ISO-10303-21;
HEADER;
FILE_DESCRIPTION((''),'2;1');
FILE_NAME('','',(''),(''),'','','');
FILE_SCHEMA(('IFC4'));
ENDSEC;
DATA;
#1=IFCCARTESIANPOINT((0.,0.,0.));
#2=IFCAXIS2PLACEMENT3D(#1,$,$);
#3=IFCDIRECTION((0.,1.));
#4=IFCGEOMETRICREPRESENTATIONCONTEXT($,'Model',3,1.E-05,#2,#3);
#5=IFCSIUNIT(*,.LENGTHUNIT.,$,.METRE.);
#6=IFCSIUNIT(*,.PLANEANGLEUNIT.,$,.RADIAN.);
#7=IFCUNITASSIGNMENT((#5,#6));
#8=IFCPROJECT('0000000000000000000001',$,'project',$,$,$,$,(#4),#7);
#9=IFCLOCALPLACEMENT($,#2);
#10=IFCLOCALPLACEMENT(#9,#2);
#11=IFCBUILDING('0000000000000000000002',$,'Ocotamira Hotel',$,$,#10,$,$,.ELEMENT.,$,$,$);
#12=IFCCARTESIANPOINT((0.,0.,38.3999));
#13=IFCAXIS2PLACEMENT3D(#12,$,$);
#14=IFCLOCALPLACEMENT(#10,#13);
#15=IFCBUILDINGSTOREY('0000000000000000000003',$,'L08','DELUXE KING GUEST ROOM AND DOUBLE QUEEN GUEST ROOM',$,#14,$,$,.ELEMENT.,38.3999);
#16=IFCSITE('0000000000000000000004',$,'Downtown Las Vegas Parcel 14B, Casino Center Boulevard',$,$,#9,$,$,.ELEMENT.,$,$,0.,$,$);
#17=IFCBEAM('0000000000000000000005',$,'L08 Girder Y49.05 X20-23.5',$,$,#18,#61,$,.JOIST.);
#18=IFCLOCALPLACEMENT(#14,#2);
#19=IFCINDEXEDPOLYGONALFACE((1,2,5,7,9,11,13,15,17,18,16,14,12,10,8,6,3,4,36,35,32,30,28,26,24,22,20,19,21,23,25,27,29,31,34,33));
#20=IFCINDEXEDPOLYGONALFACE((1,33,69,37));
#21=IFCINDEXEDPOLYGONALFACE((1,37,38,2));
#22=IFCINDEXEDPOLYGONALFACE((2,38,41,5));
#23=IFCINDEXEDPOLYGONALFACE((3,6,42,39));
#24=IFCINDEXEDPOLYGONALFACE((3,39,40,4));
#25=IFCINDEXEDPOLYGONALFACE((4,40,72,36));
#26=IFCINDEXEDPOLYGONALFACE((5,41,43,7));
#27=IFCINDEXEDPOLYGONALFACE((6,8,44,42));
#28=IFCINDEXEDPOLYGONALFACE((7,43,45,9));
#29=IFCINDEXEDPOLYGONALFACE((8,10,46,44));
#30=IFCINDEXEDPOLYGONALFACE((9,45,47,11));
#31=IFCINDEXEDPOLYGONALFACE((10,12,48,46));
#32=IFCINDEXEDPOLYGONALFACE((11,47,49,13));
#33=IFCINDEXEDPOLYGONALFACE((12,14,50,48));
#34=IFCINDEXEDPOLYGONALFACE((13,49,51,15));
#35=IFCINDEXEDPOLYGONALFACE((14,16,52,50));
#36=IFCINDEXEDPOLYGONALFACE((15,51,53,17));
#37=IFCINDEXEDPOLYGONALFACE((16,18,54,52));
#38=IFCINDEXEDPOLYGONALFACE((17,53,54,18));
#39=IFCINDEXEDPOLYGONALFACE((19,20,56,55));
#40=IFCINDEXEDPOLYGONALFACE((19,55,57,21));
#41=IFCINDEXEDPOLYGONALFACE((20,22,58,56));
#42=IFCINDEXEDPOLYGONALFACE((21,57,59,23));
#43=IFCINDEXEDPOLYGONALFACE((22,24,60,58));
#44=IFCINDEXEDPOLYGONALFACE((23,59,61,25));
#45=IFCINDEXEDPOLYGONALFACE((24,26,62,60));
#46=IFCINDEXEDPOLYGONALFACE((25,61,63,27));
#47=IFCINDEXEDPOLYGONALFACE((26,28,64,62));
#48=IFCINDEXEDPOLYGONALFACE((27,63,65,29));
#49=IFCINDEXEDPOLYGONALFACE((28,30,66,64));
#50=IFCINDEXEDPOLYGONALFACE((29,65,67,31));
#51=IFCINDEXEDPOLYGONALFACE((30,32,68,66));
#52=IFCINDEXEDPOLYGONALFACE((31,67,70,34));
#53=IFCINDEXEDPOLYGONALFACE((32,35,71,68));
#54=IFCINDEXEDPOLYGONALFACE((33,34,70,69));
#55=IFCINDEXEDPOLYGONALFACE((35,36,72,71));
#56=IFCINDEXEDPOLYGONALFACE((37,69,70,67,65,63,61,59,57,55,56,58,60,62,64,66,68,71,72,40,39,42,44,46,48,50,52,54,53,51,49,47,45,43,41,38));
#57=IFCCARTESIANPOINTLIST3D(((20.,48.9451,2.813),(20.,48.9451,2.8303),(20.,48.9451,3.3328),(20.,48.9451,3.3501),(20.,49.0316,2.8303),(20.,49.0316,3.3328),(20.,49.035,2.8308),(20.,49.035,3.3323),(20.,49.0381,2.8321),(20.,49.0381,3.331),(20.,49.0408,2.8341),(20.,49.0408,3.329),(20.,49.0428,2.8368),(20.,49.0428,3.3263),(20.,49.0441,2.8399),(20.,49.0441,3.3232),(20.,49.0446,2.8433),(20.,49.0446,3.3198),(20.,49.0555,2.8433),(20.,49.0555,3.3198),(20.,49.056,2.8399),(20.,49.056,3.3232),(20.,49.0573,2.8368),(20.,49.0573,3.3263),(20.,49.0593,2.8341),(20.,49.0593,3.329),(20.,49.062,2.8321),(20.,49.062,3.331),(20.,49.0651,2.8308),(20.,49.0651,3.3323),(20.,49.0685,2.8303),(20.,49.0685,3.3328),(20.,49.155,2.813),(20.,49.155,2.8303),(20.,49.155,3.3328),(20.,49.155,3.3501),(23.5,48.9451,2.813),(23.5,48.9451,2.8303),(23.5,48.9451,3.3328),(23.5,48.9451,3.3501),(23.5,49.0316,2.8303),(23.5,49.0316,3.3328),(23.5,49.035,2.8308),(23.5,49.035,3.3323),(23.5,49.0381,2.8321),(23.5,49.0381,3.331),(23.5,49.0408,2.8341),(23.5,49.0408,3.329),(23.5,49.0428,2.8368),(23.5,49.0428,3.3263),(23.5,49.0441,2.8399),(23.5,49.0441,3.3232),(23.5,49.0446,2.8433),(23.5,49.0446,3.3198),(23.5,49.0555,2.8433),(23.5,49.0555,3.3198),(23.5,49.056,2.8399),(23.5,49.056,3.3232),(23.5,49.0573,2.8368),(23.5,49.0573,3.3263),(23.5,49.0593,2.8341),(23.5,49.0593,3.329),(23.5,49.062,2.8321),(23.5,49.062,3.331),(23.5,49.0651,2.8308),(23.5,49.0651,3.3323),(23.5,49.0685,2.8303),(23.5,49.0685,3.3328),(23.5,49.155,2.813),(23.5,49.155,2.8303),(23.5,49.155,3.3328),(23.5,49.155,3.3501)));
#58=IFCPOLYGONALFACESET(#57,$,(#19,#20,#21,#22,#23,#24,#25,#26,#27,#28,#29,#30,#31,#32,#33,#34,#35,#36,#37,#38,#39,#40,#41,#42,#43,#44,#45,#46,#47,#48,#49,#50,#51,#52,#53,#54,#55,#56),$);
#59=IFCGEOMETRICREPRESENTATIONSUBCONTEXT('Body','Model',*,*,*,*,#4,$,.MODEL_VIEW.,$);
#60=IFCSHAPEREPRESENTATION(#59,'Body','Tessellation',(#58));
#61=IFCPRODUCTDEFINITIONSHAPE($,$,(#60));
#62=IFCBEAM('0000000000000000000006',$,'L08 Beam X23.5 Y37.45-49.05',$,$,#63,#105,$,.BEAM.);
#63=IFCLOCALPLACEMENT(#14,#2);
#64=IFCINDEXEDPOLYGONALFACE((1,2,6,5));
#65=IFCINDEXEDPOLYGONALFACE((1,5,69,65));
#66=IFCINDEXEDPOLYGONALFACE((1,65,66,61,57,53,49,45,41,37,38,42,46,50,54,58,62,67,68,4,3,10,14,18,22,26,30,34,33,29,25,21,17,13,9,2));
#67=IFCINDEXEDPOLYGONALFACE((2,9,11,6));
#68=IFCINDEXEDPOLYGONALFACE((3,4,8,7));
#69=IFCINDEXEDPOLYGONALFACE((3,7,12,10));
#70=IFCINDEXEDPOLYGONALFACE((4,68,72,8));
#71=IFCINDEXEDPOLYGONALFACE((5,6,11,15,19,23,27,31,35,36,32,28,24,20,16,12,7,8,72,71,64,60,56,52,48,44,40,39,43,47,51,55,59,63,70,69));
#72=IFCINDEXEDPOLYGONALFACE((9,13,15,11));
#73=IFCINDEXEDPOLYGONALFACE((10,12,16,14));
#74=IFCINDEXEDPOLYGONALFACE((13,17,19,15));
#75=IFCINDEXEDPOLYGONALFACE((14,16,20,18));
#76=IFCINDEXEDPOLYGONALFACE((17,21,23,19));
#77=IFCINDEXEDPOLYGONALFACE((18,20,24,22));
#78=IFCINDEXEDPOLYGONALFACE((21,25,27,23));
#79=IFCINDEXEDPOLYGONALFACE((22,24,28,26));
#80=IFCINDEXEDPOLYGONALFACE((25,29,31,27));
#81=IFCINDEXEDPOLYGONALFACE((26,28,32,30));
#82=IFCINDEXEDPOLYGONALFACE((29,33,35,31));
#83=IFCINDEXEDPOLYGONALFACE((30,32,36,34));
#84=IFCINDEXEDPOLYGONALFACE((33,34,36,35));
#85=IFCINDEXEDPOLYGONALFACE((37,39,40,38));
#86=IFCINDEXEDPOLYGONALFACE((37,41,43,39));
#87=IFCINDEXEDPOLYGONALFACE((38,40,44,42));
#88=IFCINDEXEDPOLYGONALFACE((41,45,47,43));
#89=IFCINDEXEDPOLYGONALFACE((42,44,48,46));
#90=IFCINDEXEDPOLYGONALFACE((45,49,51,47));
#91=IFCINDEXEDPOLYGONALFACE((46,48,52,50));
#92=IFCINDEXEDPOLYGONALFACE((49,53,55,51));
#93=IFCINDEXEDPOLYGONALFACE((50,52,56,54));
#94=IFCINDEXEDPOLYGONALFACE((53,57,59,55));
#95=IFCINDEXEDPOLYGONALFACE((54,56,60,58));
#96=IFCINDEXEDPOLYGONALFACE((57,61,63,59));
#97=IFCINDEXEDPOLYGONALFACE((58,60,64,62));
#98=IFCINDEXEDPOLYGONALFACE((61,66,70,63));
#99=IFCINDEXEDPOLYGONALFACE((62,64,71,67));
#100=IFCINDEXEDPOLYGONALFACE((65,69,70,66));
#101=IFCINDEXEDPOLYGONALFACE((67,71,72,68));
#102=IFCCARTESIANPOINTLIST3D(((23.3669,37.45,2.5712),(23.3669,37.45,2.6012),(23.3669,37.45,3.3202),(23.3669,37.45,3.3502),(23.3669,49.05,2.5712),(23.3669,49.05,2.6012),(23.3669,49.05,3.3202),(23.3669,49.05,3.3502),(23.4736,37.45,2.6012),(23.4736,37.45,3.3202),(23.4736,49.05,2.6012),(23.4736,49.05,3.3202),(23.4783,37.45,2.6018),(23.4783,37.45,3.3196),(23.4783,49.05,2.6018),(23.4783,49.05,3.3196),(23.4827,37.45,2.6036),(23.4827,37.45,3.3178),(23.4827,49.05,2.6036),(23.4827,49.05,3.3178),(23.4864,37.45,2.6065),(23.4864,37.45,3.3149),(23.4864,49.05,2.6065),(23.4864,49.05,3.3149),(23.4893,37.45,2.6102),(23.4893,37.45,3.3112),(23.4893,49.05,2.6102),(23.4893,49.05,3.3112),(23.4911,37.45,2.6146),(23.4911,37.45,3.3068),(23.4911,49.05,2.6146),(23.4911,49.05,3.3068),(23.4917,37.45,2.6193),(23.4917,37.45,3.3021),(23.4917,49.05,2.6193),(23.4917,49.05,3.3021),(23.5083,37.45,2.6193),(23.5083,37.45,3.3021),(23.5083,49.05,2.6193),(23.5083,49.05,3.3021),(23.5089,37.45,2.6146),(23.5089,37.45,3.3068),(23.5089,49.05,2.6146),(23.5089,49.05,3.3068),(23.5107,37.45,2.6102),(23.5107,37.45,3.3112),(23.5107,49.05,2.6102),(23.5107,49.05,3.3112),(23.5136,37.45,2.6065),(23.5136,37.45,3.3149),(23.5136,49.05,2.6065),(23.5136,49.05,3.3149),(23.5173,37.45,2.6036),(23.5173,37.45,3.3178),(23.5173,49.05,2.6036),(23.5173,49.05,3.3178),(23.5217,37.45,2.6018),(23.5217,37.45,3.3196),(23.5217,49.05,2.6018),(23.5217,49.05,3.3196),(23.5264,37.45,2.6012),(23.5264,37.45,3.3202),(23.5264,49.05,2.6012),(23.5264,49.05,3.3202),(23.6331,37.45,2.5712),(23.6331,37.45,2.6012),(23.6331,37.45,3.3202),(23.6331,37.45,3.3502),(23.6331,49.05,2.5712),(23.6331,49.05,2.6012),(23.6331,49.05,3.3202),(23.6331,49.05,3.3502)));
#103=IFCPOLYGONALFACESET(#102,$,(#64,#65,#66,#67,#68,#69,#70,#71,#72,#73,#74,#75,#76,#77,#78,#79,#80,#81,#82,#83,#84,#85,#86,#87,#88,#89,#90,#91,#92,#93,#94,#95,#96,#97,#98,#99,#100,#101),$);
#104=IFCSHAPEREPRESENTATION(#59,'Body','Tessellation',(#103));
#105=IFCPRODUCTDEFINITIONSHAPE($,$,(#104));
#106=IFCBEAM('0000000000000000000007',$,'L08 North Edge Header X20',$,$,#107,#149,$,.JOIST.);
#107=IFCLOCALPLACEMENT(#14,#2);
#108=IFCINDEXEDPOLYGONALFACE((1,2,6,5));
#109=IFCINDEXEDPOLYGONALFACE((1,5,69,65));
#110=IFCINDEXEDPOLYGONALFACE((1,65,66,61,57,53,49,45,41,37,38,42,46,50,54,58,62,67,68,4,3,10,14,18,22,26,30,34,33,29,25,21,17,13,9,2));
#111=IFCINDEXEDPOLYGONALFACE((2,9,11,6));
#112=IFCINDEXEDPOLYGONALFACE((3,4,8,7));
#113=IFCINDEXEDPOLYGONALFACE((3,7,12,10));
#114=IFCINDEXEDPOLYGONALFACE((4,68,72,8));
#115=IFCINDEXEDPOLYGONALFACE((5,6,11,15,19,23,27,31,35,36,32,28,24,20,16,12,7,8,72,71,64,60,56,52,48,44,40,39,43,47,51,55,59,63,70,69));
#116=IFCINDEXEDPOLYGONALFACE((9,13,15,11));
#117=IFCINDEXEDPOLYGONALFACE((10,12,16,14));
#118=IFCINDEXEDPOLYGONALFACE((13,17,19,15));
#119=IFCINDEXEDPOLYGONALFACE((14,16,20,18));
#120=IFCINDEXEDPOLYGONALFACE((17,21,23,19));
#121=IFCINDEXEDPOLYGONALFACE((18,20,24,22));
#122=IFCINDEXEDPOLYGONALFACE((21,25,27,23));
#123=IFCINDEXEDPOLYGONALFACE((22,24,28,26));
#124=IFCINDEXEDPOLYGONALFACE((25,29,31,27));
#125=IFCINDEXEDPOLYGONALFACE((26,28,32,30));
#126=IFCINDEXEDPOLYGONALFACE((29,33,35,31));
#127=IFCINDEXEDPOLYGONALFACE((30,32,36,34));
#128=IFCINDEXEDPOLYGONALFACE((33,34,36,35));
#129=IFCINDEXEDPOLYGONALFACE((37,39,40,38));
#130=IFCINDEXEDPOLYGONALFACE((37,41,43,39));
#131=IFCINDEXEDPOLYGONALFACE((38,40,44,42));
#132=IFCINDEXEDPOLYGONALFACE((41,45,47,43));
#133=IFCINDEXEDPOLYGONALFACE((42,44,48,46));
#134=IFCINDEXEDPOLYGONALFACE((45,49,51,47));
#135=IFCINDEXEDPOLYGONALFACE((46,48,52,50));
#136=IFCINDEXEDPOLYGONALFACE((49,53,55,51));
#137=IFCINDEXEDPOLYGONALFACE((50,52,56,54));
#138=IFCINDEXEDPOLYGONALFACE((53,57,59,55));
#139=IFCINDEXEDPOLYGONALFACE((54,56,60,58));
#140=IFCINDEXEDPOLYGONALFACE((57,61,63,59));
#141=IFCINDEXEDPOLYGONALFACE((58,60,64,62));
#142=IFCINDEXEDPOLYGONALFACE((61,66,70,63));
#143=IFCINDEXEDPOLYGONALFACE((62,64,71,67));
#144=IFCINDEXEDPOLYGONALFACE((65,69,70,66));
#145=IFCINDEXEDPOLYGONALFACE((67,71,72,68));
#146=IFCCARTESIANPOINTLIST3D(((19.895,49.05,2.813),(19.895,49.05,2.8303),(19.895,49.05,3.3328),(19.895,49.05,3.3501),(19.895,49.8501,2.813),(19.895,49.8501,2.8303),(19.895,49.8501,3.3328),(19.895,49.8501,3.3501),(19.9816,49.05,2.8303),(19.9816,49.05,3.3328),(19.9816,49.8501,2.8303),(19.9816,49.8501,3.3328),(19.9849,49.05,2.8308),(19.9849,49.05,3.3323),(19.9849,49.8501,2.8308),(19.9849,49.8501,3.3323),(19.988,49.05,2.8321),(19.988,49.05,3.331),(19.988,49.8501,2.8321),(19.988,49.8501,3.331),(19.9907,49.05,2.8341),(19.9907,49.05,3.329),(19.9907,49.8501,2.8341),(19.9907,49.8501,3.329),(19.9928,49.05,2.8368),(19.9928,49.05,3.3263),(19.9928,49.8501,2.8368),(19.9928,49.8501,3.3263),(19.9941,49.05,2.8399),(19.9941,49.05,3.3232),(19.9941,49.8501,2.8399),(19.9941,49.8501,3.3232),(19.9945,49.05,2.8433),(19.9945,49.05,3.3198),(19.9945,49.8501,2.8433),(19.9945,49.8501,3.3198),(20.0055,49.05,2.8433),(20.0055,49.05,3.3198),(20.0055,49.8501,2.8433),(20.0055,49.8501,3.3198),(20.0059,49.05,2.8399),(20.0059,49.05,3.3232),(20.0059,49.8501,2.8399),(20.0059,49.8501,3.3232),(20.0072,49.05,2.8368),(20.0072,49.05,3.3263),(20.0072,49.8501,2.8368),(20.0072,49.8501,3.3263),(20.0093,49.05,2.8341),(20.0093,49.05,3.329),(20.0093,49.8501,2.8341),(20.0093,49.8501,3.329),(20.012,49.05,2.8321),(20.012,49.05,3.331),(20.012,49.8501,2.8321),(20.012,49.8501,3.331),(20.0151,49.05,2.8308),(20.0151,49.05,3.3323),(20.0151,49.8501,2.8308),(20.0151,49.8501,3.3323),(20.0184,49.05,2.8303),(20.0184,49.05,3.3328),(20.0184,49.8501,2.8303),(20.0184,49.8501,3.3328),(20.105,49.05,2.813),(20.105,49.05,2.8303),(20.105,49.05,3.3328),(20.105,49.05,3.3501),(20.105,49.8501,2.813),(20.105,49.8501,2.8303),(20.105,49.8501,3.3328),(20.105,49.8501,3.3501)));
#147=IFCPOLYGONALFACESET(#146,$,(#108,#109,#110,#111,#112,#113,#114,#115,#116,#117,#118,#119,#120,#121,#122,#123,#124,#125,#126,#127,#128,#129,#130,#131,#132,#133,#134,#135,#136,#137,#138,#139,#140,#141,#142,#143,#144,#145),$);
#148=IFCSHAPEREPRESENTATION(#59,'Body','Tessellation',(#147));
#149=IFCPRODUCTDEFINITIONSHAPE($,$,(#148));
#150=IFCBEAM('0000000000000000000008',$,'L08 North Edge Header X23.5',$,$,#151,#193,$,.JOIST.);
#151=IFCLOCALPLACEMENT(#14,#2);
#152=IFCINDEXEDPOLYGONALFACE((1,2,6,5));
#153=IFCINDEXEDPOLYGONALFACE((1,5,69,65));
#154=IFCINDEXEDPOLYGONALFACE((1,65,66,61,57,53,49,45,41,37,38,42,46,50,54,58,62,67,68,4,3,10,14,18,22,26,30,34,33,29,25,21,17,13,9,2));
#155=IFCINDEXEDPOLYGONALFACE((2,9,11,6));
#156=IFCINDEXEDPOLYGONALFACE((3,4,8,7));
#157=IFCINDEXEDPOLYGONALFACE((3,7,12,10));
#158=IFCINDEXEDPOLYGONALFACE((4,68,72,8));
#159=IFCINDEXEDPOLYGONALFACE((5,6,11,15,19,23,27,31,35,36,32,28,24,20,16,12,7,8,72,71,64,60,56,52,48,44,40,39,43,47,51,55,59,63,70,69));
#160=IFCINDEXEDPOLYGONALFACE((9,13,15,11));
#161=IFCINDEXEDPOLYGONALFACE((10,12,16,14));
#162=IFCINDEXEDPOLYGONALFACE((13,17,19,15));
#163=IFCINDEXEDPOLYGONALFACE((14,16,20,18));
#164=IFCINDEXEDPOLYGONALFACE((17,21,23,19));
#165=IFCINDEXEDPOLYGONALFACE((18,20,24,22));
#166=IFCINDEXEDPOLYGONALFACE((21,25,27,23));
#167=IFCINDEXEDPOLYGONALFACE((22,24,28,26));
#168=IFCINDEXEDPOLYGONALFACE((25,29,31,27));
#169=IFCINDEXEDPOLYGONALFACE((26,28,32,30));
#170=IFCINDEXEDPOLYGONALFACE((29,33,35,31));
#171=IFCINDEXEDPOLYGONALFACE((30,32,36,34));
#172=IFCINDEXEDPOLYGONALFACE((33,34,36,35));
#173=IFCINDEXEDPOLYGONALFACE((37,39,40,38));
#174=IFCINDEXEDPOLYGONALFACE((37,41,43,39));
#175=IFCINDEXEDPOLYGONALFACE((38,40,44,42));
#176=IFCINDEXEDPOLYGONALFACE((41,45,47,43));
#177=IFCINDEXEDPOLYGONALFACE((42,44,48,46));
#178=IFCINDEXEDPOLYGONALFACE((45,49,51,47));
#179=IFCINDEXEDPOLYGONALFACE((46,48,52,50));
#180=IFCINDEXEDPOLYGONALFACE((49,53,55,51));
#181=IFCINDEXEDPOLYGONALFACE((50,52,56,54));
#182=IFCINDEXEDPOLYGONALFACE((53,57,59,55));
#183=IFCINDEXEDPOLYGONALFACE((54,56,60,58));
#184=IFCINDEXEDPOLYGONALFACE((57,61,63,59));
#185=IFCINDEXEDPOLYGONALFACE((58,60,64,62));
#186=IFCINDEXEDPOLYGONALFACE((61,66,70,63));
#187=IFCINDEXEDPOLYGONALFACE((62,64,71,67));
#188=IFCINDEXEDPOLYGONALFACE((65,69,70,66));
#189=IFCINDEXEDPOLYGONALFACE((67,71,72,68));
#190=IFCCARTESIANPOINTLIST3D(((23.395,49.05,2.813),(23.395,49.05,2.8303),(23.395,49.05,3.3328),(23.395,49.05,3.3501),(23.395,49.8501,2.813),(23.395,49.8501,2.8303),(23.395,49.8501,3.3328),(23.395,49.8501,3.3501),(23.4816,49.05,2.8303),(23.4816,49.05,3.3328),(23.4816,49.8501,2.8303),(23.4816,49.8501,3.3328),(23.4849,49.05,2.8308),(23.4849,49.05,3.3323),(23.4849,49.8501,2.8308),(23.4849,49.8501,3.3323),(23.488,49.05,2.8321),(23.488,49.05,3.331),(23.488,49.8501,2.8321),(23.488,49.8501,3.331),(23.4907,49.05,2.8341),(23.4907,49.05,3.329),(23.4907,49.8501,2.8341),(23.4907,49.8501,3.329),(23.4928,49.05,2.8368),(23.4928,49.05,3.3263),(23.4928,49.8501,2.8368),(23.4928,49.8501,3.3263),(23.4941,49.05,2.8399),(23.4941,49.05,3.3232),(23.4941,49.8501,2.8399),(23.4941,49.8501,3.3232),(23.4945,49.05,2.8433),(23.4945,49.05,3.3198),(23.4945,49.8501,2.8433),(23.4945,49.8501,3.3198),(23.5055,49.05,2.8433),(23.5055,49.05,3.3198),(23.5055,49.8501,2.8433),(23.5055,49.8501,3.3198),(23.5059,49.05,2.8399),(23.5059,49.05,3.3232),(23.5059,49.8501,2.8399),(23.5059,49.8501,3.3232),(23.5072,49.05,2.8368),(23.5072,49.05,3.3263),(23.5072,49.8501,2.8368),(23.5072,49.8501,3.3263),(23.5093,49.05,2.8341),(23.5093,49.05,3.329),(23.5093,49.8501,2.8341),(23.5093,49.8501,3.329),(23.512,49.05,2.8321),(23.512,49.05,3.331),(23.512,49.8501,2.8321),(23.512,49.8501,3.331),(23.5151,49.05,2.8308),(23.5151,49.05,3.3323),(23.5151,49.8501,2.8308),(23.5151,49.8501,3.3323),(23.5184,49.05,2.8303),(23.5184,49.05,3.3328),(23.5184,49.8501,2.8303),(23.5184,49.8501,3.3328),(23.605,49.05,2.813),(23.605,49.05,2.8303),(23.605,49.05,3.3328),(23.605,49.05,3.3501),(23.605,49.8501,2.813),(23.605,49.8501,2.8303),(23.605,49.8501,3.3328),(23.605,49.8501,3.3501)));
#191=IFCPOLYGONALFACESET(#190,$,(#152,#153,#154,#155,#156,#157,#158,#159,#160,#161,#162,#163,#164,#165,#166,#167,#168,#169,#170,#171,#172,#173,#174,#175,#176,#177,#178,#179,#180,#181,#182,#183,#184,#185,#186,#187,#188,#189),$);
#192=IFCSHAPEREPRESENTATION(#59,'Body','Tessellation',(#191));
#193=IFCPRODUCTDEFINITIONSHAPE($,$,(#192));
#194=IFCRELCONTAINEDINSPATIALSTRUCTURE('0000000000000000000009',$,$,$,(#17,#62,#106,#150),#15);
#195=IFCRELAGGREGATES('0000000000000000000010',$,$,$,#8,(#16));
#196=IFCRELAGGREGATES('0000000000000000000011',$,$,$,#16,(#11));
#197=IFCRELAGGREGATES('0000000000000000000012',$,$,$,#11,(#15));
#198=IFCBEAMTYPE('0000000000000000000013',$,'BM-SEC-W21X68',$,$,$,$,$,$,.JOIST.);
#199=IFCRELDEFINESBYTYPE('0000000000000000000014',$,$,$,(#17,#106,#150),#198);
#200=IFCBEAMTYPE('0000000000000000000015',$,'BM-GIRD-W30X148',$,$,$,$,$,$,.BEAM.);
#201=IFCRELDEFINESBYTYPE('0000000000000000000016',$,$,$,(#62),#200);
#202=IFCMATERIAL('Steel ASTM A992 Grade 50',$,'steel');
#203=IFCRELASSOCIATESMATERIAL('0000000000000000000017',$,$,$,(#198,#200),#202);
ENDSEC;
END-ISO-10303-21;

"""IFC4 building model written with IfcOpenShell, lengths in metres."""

from ifc_helpers import new_model, si_unit, direction, frame, origin, origin_2d, place, context, subcontext, project, spatial, i_section, extrude, source, transform, mapped, material, material_profile, profile_set, type_object, element, save


model = new_model("IFC4")

# Units and contexts
model_context = context("Model", 3, precision=1e-05, world=origin(), true_north=direction((0.0, 1.0)))
body_context = subcontext(model_context, "Body", "Model", "MODEL_VIEW")
ifc_project = project(units=[si_unit("LENGTHUNIT", "METRE"), si_unit("PLANEANGLEUNIT", "RADIAN")], contexts=[model_context])

# Site, building, storey
site_placement = place(None, origin())
site = spatial("IfcSite", under=ifc_project, at=site_placement, Name="Downtown Las Vegas Parcel 14B, Casino Center Boulevard", CompositionType="ELEMENT", RefElevation=0.0)
building_placement = place(site_placement, origin())
building = spatial("IfcBuilding", under=site, at=building_placement, Name="Ocotamira Hotel", CompositionType="ELEMENT")
storey_placement = place(building_placement, frame((0.0, 0.0, 38.3999)))
storey = spatial("IfcBuildingStorey", under=building, at=storey_placement, Name="L08", Description="DELUXE KING GUEST ROOM AND DOUBLE QUEEN GUEST ROOM", CompositionType="ELEMENT", Elevation=38.3999)

# Beams
ifc_material_1 = material(Name="Steel ASTM A992 Grade 50", Category="steel")
ifc_material_profile_1 = material_profile(ifc_material_1, i_section(OverallWidth=0.21, OverallDepth=0.5371, WebThickness=0.011, FlangeThickness=0.0173, FilletRadius=0.0129, at=origin_2d()), Name="W21X68")
ifc_profile_set_1 = profile_set([ifc_material_profile_1], Name="Steel ASTM A992 Grade 50")
beam_type_1 = type_object("IfcBeamType", Name="BM-SEC-W21X68", PredefinedType="JOIST", material=ifc_profile_set_1)
shared_shape_1 = source(origin(), body_context, "Body", "SweptSolid", [
    extrude(i_section(OverallWidth=0.21, OverallDepth=0.5371, WebThickness=0.011, FlangeThickness=0.0173, FilletRadius=0.0129, at=origin_2d()), origin(), (0.0, 0.0, 1.0), 3.5),
])
beam_1_placement = place(storey_placement, frame((20.0, 49.05, 3.0815), z_axis=(1.0, 0.0, 0.0), x_axis=(0.0, 1.0, 0.0)))
element("IfcBeam", 1, at=beam_1_placement, inside=storey, type_object=beam_type_1, Name="L08 Girder Y49.05 X20-23.5", PredefinedType="JOIST", context=body_context, shape_type="MappedRepresentation", body=[
    mapped(shared_shape_1, transform((0.0, 0.0, 0.0), scale=1.0)),
])
ifc_material_profile_2 = material_profile(ifc_material_1, i_section(OverallWidth=0.2661, OverallDepth=0.7791, WebThickness=0.0166, FlangeThickness=0.03, FilletRadius=0.0181, at=origin_2d()), Name="W30X148")
ifc_profile_set_2 = profile_set([ifc_material_profile_2], Name="Steel ASTM A992 Grade 50")
beam_type_2 = type_object("IfcBeamType", Name="BM-GIRD-W30X148", PredefinedType="BEAM", material=ifc_profile_set_2)
shared_shape_2 = source(origin(), body_context, "Body", "SweptSolid", [
    extrude(i_section(OverallWidth=0.2661, OverallDepth=0.7791, WebThickness=0.0166, FlangeThickness=0.03, FilletRadius=0.0181, at=origin_2d()), origin(), (0.0, 0.0, 1.0), 11.6001),
])
beam_2_placement = place(storey_placement, frame((23.5, 37.45, 2.9607), z_axis=(0.0, 1.0, 0.0), x_axis=(-1.0, 0.0, 0.0)))
element("IfcBeam", 2, at=beam_2_placement, inside=storey, type_object=beam_type_2, Name="L08 Beam X23.5 Y37.45-49.05", PredefinedType="BEAM", context=body_context, shape_type="MappedRepresentation", body=[
    mapped(shared_shape_2, transform((0.0, 0.0, 0.0), scale=1.0)),
])
shared_shape_3 = source(origin(), body_context, "Body", "SweptSolid", [
    extrude(i_section(OverallWidth=0.21, OverallDepth=0.5371, WebThickness=0.011, FlangeThickness=0.0173, FilletRadius=0.0129, at=origin_2d()), origin(), (0.0, 0.0, 1.0), 0.8),
])
for number, where, z_axis, x_axis, name in (
    (3, (20.0, 49.05, 3.0815), (0.0, 1.0, 0.0), (-1.0, 0.0, 0.0), "L08 North Edge Header X20"),
    (4, (23.5, 49.05, 3.0815), (0.0, 1.0, 0.0), (-1.0, 0.0, 0.0), "L08 North Edge Header X23.5"),
):
    element("IfcBeam", number, at=place(storey_placement, frame(where, z_axis=z_axis, x_axis=x_axis)), inside=storey, type_object=beam_type_1, Name=name, PredefinedType="JOIST", context=body_context, shape_type="MappedRepresentation", body=[
        mapped(shared_shape_3, transform((0.0, 0.0, 0.0), scale=1.0)),
    ])

save(model, "model.ifc")
